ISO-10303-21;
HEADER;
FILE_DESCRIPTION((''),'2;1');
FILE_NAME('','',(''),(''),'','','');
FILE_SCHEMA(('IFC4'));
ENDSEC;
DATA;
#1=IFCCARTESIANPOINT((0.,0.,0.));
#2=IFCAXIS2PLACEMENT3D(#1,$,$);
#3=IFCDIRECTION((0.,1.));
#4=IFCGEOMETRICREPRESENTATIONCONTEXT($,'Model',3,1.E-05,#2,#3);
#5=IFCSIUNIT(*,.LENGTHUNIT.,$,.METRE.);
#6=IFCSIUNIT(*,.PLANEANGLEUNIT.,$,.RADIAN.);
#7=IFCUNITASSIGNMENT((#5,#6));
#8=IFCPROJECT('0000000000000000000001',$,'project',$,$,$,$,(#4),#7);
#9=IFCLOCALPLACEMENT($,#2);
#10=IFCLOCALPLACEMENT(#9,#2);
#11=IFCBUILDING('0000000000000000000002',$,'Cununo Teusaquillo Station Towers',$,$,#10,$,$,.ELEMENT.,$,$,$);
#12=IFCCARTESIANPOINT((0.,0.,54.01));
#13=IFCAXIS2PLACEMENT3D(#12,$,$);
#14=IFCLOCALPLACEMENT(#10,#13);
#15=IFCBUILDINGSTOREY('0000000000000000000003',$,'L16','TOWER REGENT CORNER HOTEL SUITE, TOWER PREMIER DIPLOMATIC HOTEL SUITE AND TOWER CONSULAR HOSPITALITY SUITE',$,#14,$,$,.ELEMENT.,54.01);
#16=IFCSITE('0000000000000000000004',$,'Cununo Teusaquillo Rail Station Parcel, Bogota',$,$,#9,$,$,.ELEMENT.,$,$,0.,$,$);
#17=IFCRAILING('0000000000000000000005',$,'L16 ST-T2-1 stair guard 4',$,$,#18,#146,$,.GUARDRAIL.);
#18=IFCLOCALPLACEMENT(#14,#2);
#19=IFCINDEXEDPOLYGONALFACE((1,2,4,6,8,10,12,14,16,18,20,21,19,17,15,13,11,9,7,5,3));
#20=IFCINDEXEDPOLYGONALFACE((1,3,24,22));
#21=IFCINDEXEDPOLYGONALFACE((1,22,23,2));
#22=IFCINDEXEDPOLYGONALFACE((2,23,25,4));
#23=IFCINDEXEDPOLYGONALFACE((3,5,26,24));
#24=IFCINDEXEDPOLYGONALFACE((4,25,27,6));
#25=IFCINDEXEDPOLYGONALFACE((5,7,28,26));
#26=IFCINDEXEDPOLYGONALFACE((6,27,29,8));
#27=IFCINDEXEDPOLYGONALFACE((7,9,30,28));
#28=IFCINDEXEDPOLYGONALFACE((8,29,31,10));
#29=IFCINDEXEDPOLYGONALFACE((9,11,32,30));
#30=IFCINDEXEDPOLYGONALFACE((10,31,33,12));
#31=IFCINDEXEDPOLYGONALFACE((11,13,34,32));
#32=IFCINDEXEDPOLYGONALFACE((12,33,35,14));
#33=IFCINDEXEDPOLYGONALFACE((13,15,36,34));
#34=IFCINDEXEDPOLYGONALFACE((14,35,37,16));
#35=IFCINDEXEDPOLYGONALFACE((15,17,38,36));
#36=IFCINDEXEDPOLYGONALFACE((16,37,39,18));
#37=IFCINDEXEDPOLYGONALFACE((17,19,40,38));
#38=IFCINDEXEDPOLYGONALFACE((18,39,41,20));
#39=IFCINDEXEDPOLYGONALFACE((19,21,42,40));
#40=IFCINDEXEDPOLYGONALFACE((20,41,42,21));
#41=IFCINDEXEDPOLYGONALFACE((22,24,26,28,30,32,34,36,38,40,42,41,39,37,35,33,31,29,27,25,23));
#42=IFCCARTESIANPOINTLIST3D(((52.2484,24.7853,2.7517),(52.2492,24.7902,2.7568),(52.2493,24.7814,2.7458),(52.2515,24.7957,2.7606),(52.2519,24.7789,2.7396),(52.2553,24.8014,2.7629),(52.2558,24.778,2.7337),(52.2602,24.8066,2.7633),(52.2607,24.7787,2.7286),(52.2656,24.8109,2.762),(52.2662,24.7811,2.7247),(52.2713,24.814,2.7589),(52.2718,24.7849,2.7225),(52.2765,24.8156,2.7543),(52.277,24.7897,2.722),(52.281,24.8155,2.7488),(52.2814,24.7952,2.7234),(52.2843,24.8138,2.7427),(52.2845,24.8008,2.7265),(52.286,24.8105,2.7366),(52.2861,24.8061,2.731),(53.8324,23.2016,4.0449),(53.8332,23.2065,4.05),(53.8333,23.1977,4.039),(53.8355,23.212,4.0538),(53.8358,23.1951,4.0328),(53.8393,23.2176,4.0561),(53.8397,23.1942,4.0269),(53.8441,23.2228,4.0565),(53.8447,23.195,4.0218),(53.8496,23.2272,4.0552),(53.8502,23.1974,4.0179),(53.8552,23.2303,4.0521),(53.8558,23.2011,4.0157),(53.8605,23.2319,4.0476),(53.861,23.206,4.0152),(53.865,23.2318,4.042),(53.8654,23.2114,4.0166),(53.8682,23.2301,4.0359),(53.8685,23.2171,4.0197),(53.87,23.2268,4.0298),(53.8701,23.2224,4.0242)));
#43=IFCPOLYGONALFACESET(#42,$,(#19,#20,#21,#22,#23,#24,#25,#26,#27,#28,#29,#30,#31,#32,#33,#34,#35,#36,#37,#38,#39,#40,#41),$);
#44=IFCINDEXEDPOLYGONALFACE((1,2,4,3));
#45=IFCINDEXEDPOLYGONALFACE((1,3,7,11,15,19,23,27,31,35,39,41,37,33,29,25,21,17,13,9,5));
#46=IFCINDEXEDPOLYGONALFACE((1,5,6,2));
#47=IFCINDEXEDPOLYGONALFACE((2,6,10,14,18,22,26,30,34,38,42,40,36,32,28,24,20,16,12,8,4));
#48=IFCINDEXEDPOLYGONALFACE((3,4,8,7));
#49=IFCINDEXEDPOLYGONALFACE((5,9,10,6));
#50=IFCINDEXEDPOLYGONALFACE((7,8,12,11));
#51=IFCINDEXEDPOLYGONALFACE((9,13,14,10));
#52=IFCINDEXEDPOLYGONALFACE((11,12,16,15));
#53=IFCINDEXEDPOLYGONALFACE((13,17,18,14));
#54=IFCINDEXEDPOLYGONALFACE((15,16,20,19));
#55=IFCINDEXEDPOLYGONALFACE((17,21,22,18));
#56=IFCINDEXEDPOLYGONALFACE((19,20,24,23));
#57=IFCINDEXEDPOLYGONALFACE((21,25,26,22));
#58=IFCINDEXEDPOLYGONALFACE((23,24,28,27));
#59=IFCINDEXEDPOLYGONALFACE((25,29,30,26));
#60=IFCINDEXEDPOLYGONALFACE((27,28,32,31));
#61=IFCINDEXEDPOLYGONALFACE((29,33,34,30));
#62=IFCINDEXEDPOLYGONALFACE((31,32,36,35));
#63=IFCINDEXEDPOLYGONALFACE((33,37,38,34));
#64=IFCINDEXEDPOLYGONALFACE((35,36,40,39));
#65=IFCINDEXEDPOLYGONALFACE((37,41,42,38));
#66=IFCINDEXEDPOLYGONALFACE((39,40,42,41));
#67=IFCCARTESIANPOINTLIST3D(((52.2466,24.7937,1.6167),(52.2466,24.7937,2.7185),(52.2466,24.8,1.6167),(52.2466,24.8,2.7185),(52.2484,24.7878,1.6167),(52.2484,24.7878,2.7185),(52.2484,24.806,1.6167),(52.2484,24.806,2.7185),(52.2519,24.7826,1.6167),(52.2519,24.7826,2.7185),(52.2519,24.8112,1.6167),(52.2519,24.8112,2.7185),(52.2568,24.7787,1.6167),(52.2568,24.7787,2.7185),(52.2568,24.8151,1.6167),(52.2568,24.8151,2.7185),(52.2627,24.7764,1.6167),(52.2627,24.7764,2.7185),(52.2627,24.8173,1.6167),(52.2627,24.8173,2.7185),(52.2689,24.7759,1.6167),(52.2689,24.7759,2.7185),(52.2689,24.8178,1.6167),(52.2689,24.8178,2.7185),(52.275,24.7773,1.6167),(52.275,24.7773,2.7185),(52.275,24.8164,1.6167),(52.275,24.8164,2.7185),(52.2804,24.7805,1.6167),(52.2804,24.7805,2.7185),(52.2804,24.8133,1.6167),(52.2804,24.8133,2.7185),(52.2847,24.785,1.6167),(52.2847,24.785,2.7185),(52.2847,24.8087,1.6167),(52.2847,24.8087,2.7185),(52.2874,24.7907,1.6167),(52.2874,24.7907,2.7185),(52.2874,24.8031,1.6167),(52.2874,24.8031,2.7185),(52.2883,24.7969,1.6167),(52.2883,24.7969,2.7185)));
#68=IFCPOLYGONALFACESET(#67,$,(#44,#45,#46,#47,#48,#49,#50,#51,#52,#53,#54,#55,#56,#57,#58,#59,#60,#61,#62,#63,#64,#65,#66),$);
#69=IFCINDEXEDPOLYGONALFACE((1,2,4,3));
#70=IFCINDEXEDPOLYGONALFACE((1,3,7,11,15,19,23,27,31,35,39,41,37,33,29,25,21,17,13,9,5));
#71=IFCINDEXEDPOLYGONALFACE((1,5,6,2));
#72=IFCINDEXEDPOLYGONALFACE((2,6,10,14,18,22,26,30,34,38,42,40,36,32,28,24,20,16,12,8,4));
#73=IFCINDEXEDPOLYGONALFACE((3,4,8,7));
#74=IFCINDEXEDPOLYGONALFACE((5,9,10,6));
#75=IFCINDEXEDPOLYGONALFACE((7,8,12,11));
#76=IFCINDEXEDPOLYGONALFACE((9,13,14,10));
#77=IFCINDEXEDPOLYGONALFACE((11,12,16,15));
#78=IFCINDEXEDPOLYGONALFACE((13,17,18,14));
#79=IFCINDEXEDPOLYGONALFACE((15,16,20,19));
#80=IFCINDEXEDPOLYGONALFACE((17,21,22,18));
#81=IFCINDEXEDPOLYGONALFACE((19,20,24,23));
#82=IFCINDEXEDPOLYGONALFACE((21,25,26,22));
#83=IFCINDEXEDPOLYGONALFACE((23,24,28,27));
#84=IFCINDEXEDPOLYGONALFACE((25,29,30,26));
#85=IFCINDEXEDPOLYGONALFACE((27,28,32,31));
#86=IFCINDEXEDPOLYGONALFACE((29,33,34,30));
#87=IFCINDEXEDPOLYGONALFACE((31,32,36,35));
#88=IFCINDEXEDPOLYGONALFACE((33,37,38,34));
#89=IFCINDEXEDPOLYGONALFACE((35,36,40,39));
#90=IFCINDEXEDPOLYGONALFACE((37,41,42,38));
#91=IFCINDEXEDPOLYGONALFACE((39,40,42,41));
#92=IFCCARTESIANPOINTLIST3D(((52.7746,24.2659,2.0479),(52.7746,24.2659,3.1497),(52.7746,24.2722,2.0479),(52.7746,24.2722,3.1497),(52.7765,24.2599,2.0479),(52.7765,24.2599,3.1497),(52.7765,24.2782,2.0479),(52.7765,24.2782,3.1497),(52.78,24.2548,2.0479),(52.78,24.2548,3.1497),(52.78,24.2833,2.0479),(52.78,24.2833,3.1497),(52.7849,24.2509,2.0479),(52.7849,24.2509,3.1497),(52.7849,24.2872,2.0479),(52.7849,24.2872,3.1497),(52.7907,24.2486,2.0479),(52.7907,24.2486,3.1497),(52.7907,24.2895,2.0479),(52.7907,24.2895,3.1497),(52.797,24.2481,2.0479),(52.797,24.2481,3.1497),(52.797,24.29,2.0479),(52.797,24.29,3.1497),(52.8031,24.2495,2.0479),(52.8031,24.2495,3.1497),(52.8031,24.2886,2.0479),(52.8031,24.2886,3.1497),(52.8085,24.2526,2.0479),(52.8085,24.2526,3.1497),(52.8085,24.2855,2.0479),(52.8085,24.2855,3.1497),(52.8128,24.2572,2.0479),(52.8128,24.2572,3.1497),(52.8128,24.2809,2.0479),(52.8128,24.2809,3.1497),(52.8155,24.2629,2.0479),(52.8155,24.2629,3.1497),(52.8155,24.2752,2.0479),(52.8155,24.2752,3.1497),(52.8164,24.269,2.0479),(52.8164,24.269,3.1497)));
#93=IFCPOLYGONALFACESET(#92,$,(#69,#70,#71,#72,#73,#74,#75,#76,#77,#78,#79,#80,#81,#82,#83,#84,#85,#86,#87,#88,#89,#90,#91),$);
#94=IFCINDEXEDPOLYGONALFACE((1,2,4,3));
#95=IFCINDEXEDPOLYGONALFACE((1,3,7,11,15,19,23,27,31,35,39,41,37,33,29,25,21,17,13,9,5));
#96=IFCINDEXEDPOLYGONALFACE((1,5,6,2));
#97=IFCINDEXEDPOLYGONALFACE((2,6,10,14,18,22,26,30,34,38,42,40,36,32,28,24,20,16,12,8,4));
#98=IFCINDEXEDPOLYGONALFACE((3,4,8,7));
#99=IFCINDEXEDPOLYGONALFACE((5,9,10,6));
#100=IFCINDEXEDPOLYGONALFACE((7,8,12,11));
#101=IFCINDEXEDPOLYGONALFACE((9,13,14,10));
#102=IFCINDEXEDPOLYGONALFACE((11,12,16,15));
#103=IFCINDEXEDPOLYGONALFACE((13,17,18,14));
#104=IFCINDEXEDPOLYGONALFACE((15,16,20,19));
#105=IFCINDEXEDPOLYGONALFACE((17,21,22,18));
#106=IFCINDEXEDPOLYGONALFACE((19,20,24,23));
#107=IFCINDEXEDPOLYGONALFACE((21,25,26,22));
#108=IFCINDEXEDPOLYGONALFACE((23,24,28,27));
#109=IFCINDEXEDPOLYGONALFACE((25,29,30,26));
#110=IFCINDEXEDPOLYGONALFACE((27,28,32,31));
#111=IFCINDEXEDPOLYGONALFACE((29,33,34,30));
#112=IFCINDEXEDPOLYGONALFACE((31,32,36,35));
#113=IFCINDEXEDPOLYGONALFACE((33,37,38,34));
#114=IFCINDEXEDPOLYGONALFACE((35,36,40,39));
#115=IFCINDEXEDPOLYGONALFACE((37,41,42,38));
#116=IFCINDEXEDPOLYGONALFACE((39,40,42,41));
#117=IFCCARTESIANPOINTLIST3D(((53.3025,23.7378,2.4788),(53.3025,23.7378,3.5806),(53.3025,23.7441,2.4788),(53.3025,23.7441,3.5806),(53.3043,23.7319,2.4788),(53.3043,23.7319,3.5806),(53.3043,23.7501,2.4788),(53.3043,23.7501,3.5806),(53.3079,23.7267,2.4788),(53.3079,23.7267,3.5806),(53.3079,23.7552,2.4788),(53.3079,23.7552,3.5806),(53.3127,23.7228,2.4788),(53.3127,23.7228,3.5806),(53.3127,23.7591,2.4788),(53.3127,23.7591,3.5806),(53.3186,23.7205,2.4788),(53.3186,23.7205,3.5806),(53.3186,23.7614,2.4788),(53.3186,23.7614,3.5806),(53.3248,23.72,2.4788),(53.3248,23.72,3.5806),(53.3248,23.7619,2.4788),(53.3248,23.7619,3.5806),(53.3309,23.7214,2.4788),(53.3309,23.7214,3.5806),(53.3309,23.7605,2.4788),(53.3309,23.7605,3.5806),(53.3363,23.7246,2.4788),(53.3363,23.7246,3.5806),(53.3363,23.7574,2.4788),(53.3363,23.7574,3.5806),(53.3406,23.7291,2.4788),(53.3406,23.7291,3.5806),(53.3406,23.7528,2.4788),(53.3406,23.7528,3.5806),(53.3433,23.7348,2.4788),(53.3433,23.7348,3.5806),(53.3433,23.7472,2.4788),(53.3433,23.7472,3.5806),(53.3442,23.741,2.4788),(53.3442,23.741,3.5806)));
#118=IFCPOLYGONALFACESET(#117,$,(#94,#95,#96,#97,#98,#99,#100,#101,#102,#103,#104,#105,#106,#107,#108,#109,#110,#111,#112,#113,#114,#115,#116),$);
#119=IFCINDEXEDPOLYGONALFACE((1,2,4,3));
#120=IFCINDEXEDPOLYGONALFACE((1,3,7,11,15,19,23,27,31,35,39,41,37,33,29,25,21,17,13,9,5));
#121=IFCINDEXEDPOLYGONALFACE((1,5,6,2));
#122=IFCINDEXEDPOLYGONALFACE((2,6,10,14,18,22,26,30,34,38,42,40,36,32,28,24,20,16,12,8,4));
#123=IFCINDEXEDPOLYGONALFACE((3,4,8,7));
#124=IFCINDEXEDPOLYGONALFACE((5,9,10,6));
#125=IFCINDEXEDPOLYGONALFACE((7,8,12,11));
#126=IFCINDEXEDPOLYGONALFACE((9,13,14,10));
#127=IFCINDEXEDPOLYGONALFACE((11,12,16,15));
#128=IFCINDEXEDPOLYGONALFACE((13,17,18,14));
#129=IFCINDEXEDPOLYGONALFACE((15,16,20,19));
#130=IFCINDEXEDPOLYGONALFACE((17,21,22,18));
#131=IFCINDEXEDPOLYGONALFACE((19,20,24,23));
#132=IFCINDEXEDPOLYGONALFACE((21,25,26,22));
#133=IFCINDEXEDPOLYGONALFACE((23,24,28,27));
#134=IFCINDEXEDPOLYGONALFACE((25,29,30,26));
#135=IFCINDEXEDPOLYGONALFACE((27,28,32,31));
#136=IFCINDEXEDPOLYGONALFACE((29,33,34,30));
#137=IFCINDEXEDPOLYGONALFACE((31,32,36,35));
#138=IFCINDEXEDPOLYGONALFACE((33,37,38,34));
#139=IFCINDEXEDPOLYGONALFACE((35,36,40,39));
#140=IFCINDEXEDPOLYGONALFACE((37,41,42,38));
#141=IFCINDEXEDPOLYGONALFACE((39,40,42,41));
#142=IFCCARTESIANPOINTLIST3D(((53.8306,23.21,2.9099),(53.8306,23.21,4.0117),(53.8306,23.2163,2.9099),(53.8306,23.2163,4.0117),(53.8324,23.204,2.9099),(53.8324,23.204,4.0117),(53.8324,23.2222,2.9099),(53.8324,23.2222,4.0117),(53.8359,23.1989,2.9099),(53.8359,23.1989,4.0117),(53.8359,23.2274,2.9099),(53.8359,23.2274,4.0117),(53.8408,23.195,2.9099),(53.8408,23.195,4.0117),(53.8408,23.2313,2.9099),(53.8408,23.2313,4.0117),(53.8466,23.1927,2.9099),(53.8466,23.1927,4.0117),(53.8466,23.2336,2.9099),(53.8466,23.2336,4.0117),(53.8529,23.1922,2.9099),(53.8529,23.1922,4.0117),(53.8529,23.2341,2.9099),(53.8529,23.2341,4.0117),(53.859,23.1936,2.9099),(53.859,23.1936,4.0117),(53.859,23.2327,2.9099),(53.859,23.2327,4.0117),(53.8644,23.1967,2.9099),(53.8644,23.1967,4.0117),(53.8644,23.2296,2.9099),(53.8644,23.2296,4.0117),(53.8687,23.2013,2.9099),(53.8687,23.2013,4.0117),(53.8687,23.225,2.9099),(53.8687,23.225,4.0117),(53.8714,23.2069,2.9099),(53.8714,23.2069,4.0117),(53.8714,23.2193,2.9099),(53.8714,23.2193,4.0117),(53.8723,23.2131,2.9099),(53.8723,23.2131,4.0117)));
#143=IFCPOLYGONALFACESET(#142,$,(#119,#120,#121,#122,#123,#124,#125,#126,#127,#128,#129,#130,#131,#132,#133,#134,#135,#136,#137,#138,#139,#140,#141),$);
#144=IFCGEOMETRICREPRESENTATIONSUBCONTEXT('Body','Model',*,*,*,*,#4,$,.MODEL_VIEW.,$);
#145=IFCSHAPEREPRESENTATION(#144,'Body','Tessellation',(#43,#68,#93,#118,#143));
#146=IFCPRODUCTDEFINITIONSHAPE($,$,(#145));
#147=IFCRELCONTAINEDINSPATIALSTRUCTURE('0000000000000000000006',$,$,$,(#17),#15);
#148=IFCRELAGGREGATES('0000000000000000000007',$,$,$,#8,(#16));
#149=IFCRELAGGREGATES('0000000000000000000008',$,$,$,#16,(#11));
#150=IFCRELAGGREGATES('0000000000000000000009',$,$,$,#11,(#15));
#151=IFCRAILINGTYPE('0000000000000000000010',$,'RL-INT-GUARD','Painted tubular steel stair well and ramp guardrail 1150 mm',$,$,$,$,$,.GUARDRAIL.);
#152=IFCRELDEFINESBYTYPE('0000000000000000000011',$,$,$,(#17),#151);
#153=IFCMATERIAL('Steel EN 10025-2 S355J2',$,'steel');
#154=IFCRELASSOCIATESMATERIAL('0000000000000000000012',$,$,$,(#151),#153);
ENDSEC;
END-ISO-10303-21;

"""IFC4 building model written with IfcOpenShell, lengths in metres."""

from ifc_helpers import new_model, si_unit, direction, frame, origin, origin_2d, place, context, subcontext, project, spatial, circle, extrude, material, type_object, element, save


model = new_model("IFC4")

# Units and contexts
model_context = context("Model", 3, precision=1e-05, world=origin(), true_north=direction((0.0, 1.0)))
body_context = subcontext(model_context, "Body", "Model", "MODEL_VIEW")
ifc_project = project(units=[si_unit("LENGTHUNIT", "METRE"), si_unit("PLANEANGLEUNIT", "RADIAN")], contexts=[model_context])

# Site, building, storey
site_placement = place(None, origin())
site = spatial("IfcSite", under=ifc_project, at=site_placement, Name="Cununo Teusaquillo Rail Station Parcel, Bogota", CompositionType="ELEMENT", RefElevation=0.0)
building_placement = place(site_placement, origin())
building = spatial("IfcBuilding", under=site, at=building_placement, Name="Cununo Teusaquillo Station Towers", CompositionType="ELEMENT")
storey_placement = place(building_placement, frame((0.0, 0.0, 54.01)))
storey = spatial("IfcBuildingStorey", under=building, at=storey_placement, Name="L16", Description="TOWER REGENT CORNER HOTEL SUITE, TOWER PREMIER DIPLOMATIC HOTEL SUITE AND TOWER CONSULAR HOSPITALITY SUITE", CompositionType="ELEMENT", Elevation=54.01)

# Railing
ifc_material_1 = material(Name="Steel EN 10025-2 S355J2", Category="steel")
railing_type_1 = type_object("IfcRailingType", Name="RL-INT-GUARD", Description="Painted tubular steel stair well and ramp guardrail 1150 mm", PredefinedType="GUARDRAIL", material=ifc_material_1)
railing_1_placement = place(storey_placement, frame((52.2673, 24.7969, 1.6167)))
element("IfcRailing", 1, at=railing_1_placement, inside=storey, type_object=railing_type_1, Name="L16 ST-T2-1 stair guard 4", PredefinedType="GUARDRAIL", context=body_context, shape_type="SweptSolid", body=[
    extrude(circle(Radius=0.0239, at=origin_2d()), frame((0.0, 0.0, 1.126), z_axis=(0.61242, -0.612326, 0.499998), x_axis=(0.707052, 0.707161, 0.0)), (0.0, 0.0, 1.0), 2.5864),
    extrude(circle(Radius=0.021, at=origin_2d()), origin(), (0.0, 0.0, 1.0), 1.1018),
    extrude(circle(Radius=0.021, at=origin_2d()), frame((0.5281, -0.5278, 0.4312)), (0.0, 0.0, 1.0), 1.1018),
    extrude(circle(Radius=0.021, at=origin_2d()), frame((1.0559, -1.0559, 0.8621)), (0.0, 0.0, 1.0), 1.1018),
    extrude(circle(Radius=0.021, at=origin_2d()), frame((1.584, -1.5837, 1.2932)), (0.0, 0.0, 1.0), 1.1018),
])

save(model, "model.ifc")
